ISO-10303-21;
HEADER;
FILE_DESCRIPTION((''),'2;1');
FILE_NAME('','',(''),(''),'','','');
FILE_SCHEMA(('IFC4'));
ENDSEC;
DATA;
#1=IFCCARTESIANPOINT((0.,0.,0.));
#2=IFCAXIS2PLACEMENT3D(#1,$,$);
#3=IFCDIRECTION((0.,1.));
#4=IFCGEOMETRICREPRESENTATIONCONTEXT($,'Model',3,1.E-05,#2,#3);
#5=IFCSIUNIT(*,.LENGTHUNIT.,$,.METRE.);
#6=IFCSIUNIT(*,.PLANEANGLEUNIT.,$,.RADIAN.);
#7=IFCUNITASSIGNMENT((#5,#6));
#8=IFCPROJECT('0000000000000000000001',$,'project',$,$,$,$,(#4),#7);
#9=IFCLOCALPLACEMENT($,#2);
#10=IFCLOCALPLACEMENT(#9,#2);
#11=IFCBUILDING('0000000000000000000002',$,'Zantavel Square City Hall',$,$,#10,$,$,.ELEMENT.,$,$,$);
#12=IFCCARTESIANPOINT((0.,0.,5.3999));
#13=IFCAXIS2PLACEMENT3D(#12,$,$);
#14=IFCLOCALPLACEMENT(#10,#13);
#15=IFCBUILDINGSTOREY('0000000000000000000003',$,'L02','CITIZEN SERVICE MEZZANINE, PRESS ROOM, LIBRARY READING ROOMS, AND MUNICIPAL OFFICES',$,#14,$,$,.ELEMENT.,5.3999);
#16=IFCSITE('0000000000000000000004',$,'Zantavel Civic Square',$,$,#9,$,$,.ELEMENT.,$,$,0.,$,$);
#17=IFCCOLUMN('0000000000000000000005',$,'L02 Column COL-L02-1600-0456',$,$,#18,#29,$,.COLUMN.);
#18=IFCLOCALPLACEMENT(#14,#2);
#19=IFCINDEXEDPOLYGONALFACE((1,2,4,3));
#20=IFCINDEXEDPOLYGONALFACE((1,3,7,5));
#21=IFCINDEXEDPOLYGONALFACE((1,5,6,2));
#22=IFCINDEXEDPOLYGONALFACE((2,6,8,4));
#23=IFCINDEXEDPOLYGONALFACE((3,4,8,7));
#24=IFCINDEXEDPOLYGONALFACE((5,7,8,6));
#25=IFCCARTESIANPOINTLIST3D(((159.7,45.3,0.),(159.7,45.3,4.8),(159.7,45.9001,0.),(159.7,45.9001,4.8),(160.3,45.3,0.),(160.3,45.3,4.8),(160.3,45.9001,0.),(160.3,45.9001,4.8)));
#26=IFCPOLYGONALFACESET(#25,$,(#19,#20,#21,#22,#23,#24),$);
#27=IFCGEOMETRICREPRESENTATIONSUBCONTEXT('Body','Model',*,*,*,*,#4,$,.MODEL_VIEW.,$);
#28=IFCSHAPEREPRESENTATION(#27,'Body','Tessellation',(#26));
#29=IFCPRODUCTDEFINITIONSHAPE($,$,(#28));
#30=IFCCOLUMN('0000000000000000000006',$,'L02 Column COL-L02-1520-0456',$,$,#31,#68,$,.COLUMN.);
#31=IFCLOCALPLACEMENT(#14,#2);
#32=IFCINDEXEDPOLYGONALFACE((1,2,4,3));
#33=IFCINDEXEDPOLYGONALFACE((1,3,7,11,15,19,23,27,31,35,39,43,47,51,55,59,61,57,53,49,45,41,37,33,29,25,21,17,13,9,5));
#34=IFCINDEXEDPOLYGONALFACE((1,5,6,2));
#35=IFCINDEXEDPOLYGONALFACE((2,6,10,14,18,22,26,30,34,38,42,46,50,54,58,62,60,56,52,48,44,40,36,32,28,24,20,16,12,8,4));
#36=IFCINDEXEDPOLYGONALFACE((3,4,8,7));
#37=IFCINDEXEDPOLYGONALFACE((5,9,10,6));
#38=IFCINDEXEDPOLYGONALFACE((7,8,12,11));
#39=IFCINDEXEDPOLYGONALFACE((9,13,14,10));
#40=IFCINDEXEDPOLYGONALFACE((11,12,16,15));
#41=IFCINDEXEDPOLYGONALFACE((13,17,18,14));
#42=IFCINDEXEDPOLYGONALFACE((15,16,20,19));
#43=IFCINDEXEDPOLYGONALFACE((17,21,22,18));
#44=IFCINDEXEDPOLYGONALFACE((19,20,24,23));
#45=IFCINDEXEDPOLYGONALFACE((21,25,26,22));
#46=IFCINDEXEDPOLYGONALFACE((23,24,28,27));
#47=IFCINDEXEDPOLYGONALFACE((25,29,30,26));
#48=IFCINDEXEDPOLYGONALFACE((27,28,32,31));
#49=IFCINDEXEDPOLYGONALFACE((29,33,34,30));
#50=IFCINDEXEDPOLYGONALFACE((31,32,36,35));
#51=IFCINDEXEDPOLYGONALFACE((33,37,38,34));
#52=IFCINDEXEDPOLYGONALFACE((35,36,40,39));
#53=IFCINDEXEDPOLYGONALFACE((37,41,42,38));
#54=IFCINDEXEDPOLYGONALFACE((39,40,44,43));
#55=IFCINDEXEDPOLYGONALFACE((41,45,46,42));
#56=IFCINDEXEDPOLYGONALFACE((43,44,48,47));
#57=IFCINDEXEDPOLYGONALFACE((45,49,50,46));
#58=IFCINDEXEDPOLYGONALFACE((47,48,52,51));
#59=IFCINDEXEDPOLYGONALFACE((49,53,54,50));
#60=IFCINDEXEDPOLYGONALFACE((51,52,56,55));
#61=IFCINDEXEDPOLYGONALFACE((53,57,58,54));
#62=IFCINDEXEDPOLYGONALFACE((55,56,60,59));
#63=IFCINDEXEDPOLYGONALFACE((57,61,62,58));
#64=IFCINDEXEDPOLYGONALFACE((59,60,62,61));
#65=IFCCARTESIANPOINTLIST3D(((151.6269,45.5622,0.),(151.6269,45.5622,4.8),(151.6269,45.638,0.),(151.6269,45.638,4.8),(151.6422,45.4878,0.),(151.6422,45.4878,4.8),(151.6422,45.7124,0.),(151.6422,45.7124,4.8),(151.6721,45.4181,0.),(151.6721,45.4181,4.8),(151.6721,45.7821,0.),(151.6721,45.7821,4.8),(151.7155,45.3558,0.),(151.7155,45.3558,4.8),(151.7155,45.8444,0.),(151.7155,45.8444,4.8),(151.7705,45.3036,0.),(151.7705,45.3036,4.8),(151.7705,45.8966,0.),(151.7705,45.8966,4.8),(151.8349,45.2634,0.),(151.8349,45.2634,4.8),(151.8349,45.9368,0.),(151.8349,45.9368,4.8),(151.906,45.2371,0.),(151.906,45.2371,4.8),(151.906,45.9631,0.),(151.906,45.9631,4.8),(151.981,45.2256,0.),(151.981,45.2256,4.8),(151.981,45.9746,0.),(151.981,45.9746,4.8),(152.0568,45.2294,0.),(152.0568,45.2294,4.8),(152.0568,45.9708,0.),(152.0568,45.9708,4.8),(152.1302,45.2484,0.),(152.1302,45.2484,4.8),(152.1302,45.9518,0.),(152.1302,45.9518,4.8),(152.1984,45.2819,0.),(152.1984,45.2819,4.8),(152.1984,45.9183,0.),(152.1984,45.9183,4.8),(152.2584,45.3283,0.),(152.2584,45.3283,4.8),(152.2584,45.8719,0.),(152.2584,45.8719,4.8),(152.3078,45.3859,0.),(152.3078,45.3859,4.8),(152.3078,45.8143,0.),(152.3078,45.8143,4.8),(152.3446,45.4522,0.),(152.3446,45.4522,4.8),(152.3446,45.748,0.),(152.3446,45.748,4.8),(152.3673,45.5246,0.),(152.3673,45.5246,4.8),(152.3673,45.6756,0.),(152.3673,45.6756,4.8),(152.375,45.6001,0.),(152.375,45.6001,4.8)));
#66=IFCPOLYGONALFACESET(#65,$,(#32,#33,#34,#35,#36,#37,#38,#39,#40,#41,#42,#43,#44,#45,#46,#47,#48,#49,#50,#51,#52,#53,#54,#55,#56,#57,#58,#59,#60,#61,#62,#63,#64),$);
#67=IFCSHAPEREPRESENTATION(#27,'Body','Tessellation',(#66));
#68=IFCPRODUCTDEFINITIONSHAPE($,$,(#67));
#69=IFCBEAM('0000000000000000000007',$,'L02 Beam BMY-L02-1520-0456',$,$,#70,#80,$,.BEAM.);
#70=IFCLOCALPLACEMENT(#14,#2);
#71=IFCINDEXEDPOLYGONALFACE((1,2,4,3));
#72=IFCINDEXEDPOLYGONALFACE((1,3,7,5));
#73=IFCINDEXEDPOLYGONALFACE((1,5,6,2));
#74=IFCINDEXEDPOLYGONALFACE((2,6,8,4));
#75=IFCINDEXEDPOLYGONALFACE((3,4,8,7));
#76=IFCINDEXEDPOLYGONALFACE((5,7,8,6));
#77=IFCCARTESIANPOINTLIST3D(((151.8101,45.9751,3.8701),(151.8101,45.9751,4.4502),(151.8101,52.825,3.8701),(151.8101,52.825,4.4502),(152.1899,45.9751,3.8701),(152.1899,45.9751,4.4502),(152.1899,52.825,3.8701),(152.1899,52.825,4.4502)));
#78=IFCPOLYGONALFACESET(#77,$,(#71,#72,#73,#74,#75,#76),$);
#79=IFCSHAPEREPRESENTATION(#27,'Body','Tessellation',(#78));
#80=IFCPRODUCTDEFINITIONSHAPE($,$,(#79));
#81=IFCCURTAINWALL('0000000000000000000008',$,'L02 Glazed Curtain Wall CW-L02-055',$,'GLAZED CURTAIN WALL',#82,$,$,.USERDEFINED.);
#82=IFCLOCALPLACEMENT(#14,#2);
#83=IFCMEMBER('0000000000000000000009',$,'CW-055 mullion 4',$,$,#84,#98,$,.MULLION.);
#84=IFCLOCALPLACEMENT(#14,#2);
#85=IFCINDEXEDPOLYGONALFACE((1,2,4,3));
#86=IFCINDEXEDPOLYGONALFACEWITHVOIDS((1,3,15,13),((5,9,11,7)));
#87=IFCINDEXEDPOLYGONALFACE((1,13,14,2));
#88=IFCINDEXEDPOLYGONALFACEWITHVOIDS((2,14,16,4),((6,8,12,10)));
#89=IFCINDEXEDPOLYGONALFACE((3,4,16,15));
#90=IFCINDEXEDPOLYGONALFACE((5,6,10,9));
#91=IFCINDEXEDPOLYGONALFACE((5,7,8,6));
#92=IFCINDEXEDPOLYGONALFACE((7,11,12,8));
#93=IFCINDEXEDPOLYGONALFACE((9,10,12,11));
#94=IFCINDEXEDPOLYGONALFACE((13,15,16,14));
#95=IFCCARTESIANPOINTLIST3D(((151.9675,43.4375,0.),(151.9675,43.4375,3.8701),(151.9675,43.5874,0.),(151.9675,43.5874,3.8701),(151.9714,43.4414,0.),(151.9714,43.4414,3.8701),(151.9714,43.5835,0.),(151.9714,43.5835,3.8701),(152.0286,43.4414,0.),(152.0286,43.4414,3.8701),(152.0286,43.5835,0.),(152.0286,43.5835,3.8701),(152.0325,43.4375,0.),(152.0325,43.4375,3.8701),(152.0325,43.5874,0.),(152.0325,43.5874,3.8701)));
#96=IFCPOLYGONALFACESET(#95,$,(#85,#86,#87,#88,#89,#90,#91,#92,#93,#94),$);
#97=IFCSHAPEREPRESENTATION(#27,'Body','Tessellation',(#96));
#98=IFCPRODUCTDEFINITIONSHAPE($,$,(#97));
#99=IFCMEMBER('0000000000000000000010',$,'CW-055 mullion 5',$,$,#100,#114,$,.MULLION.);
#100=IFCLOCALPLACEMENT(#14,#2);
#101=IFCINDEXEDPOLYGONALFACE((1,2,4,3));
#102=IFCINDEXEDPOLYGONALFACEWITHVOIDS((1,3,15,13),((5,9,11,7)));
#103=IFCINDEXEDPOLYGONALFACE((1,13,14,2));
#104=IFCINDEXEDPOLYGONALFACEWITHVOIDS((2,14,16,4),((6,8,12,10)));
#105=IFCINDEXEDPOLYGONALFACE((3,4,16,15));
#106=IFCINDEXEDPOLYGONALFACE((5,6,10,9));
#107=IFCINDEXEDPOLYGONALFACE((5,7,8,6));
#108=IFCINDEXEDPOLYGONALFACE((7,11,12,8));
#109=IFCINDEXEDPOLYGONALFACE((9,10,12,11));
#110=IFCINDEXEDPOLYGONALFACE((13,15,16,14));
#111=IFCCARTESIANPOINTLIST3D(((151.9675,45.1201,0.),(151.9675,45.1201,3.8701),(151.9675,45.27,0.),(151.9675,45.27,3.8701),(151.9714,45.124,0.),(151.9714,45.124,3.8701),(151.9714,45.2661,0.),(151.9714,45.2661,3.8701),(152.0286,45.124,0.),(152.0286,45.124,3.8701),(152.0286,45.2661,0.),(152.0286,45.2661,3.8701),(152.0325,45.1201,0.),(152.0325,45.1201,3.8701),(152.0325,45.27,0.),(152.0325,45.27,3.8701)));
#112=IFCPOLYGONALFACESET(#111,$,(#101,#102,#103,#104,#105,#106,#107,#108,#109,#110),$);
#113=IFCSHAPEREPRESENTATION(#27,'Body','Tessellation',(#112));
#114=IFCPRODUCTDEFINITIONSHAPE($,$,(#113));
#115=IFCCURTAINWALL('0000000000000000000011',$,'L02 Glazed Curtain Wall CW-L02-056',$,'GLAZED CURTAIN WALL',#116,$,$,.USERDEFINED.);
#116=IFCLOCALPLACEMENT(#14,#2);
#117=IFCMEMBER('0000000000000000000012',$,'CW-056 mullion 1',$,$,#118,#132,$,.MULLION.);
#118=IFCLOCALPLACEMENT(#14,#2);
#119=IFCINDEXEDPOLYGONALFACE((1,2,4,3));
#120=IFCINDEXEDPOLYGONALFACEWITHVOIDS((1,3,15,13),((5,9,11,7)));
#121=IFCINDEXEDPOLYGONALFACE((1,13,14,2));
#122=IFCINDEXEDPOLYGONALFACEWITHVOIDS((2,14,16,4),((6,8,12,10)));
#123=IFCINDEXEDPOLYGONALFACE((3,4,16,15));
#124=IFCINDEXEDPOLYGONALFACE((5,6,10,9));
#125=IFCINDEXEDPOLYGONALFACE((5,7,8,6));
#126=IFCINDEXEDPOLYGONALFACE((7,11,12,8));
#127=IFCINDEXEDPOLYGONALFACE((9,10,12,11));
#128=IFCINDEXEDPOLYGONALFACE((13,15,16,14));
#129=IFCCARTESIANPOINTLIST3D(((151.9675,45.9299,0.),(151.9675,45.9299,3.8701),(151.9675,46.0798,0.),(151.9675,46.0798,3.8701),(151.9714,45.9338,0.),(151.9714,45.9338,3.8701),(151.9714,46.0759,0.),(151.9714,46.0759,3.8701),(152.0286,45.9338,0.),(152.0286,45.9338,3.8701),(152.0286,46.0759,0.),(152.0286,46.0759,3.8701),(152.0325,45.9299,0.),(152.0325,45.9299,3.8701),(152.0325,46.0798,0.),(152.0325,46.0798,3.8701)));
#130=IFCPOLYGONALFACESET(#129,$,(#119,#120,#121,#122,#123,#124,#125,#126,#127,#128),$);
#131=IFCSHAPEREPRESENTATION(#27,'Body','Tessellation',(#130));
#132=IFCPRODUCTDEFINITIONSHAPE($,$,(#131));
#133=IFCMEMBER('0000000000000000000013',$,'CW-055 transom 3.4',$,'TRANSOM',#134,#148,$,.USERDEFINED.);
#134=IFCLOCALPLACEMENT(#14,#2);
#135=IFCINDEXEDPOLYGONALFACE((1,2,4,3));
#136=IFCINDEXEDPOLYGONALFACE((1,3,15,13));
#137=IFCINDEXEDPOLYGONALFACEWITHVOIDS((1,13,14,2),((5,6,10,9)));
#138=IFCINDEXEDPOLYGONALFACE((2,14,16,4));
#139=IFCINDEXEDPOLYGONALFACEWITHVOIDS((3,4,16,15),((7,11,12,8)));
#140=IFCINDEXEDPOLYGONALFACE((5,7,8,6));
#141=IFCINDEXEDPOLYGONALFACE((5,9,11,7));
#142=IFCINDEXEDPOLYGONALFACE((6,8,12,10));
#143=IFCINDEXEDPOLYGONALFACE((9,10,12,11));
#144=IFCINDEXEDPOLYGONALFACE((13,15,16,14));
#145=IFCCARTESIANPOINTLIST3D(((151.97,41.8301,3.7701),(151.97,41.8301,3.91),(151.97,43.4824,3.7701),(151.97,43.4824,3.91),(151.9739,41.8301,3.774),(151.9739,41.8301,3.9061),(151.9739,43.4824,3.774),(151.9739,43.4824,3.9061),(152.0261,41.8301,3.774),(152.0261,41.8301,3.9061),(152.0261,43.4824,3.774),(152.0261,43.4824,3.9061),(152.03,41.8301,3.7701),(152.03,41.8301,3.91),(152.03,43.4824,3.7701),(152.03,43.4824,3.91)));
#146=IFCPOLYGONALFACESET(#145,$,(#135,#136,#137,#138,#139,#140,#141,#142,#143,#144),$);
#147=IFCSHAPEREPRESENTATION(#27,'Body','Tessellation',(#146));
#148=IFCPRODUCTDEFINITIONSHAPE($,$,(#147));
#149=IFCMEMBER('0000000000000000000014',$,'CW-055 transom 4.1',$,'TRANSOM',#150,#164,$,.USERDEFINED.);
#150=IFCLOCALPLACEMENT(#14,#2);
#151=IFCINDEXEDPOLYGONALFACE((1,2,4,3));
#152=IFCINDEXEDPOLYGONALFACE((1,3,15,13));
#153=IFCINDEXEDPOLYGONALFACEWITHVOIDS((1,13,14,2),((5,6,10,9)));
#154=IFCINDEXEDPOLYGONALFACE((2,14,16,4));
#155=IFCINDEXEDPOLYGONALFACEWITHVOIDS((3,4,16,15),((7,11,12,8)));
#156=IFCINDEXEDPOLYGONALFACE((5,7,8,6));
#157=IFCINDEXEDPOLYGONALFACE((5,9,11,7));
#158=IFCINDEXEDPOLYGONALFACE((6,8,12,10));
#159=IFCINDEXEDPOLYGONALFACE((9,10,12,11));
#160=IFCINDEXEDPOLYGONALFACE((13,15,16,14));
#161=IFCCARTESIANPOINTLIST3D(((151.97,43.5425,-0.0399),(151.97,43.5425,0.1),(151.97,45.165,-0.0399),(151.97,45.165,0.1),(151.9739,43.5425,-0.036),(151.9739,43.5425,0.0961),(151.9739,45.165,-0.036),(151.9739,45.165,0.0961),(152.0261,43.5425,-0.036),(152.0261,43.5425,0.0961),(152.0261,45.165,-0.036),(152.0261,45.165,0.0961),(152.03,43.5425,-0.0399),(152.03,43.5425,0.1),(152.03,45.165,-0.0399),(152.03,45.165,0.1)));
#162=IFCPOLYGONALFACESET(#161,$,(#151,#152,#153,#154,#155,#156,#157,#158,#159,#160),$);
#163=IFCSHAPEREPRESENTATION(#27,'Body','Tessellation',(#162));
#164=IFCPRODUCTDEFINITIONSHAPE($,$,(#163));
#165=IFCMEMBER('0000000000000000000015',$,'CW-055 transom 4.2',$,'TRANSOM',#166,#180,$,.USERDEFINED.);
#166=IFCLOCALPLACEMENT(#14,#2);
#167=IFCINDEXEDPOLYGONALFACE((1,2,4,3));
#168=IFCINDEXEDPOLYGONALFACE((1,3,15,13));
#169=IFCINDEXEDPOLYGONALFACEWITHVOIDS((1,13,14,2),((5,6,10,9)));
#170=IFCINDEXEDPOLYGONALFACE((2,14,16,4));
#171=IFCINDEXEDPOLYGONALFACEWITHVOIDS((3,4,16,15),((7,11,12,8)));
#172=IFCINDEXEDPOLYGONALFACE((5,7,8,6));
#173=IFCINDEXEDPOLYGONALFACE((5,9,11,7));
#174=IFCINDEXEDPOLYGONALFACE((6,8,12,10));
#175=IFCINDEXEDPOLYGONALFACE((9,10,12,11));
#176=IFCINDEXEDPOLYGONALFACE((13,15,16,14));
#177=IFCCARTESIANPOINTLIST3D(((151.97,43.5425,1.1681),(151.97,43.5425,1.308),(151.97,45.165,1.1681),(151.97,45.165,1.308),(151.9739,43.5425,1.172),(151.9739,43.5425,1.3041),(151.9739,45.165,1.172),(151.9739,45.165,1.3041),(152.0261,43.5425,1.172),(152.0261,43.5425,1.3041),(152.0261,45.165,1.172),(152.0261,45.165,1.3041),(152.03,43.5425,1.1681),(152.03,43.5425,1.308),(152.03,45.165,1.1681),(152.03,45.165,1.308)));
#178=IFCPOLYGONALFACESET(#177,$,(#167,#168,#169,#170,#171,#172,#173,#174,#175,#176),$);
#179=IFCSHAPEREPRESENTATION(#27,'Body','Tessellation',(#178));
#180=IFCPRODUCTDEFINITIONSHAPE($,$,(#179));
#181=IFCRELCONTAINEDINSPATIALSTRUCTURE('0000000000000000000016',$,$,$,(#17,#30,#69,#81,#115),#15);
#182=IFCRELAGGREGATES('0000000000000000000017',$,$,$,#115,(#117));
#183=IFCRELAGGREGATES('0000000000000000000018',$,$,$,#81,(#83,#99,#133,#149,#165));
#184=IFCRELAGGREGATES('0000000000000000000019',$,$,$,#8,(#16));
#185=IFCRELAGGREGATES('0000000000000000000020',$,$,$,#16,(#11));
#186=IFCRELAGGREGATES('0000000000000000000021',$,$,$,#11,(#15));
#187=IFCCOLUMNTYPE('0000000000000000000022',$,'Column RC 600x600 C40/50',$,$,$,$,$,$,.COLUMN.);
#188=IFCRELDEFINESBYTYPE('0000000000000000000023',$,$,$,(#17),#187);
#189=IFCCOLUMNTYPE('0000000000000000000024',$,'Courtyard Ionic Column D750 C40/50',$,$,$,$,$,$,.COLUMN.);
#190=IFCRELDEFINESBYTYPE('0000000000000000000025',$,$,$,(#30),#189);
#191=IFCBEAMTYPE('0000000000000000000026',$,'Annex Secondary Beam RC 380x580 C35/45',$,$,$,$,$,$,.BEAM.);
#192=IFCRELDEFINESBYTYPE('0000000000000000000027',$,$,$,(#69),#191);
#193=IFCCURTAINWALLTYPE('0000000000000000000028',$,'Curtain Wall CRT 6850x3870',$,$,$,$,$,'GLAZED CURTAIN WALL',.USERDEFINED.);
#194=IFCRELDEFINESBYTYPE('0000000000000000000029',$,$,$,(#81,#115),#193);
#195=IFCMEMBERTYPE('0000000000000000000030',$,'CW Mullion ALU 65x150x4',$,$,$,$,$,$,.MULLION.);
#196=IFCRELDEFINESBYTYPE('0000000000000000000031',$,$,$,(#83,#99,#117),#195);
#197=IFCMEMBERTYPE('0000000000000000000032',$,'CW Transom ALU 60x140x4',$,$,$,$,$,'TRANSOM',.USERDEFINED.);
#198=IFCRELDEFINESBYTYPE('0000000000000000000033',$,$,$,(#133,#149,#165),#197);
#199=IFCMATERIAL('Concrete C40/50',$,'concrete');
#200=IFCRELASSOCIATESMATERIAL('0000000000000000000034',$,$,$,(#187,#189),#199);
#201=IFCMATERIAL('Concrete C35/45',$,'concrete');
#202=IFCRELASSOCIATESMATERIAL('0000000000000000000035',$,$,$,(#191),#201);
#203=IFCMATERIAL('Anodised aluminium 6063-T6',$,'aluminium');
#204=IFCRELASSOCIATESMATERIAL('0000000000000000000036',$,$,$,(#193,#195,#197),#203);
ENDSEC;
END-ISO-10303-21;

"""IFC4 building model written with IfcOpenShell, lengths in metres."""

from ifc_helpers import new_model, si_unit, direction, frame, origin, origin_2d, place, context, subcontext, project, spatial, rectangle, hollow_rectangle, circle, extrude, material, material_profile, profile_set, type_object, element, aggregate, save


model = new_model("IFC4")

# Units and contexts
model_context = context("Model", 3, precision=1e-05, world=origin(), true_north=direction((0.0, 1.0)))
body_context = subcontext(model_context, "Body", "Model", "MODEL_VIEW")
ifc_project = project(units=[si_unit("LENGTHUNIT", "METRE"), si_unit("PLANEANGLEUNIT", "RADIAN")], contexts=[model_context])

# Site, building, storey
site_placement = place(None, origin())
site = spatial("IfcSite", under=ifc_project, at=site_placement, Name="Zantavel Civic Square", CompositionType="ELEMENT", RefElevation=0.0)
building_placement = place(site_placement, origin())
building = spatial("IfcBuilding", under=site, at=building_placement, Name="Zantavel Square City Hall", CompositionType="ELEMENT")
storey_placement = place(building_placement, frame((0.0, 0.0, 5.3999)))
storey = spatial("IfcBuildingStorey", under=building, at=storey_placement, Name="L02", Description="CITIZEN SERVICE MEZZANINE, PRESS ROOM, LIBRARY READING ROOMS, AND MUNICIPAL OFFICES", CompositionType="ELEMENT", Elevation=5.3999)

# Columns
ifc_material_1 = material(Name="Concrete C40/50", Category="concrete")
ifc_material_profile_1 = material_profile(ifc_material_1, rectangle(XDim=0.6001, YDim=0.6001, at=origin_2d()), Name="RC 600x600")
ifc_profile_set_1 = profile_set([ifc_material_profile_1], Name="Concrete C40/50")
column_type_1 = type_object("IfcColumnType", Name="Column RC 600x600 C40/50", PredefinedType="COLUMN", material=ifc_profile_set_1)
column_1_placement = place(storey_placement, frame((160.0, 45.6001, 0.0), z_axis=(0.0, 0.0, 1.0), x_axis=(1.0, 0.0, 0.0)))
element("IfcColumn", 1, at=column_1_placement, inside=storey, type_object=column_type_1, Name="L02 Column COL-L02-1600-0456", PredefinedType="COLUMN", context=body_context, shape_type="SweptSolid", body=[
    extrude(rectangle(XDim=0.6001, YDim=0.6001, at=origin_2d()), origin(), (0.0, 0.0, 1.0), 4.8),
])
ifc_material_profile_2 = material_profile(ifc_material_1, circle(Radius=0.375, at=origin_2d()), Name="ROUND D750")
ifc_profile_set_2 = profile_set([ifc_material_profile_2], Name="Concrete C40/50")
column_type_2 = type_object("IfcColumnType", Name="Courtyard Ionic Column D750 C40/50", PredefinedType="COLUMN", material=ifc_profile_set_2)
column_2_placement = place(storey_placement, frame((152.0, 45.6001, 0.0), z_axis=(0.0, 0.0, 1.0), x_axis=(1.0, 0.0, 0.0)))
element("IfcColumn", 2, at=column_2_placement, inside=storey, type_object=column_type_2, Name="L02 Column COL-L02-1520-0456", PredefinedType="COLUMN", context=body_context, shape_type="SweptSolid", body=[
    extrude(circle(Radius=0.375, at=origin_2d()), origin(), (0.0, 0.0, 1.0), 4.8),
])

# Beam
ifc_material_2 = material(Name="Concrete C35/45", Category="concrete")
ifc_material_profile_3 = material_profile(ifc_material_2, rectangle(XDim=0.3799, YDim=0.5801, at=origin_2d()), Name="RC 380x580")
ifc_profile_set_3 = profile_set([ifc_material_profile_3], Name="Concrete C35/45")
beam_type_1 = type_object("IfcBeamType", Name="Annex Secondary Beam RC 380x580 C35/45", PredefinedType="BEAM", material=ifc_profile_set_3)
beam_1_placement = place(storey_placement, frame((152.0, 45.9751, 4.1602), z_axis=(0.0, 1.0, 0.0), x_axis=(-1.0, 0.0, 0.0)))
element("IfcBeam", 3, at=beam_1_placement, inside=storey, type_object=beam_type_1, Name="L02 Beam BMY-L02-1520-0456", PredefinedType="BEAM", context=body_context, shape_type="SweptSolid", body=[
    extrude(rectangle(XDim=0.3799, YDim=0.5801, at=origin_2d()), origin(), (0.0, 0.0, 1.0), 6.8499),
])

# Curtain wall, members
ifc_material_3 = material(Name="Anodised aluminium 6063-T6", Category="aluminium")
curtain_wall_type = type_object("IfcCurtainWallType", Name="Curtain Wall CRT 6850x3870", ElementType="GLAZED CURTAIN WALL", PredefinedType="USERDEFINED", material=ifc_material_3)
curtain_wall_1_placement = place(storey_placement, origin())
curtain_wall_1 = element("IfcCurtainWall", 4, at=curtain_wall_1_placement, inside=storey, type_object=curtain_wall_type, Name="L02 Glazed Curtain Wall CW-L02-055", ObjectType="GLAZED CURTAIN WALL", PredefinedType="USERDEFINED")
ifc_material_profile_4 = material_profile(ifc_material_3, hollow_rectangle(XDim=0.0649, YDim=0.1499, WallThickness=0.0039, at=origin_2d()), Name="ALU 65x150x4")
ifc_profile_set_4 = profile_set([ifc_material_profile_4], Name="Anodised aluminium 6063-T6")
member_type_1 = type_object("IfcMemberType", Name="CW Mullion ALU 65x150x4", PredefinedType="MULLION", material=ifc_profile_set_4)
member_1_placement = place(storey_placement, frame((152.0, 43.5125, 0.0), z_axis=(0.0, 0.0, 1.0), x_axis=(-1.0, 0.0, 0.0)))
member_1 = element("IfcMember", 5, at=member_1_placement, type_object=member_type_1, Name="CW-055 mullion 4", PredefinedType="MULLION", context=body_context, shape_type="SweptSolid", body=[
    extrude(hollow_rectangle(XDim=0.0649, YDim=0.1499, WallThickness=0.0039, at=origin_2d()), origin(), (0.0, 0.0, 1.0), 3.8701),
])
member_2_placement = place(storey_placement, frame((152.0, 45.1951, 0.0), z_axis=(0.0, 0.0, 1.0), x_axis=(-1.0, 0.0, 0.0)))
member_2 = element("IfcMember", 6, at=member_2_placement, type_object=member_type_1, Name="CW-055 mullion 5", PredefinedType="MULLION", context=body_context, shape_type="SweptSolid", body=[
    extrude(hollow_rectangle(XDim=0.0649, YDim=0.1499, WallThickness=0.0039, at=origin_2d()), origin(), (0.0, 0.0, 1.0), 3.8701),
])

# Curtain wall, member
curtain_wall_2_placement = place(storey_placement, origin())
curtain_wall_2 = element("IfcCurtainWall", 7, at=curtain_wall_2_placement, inside=storey, type_object=curtain_wall_type, Name="L02 Glazed Curtain Wall CW-L02-056", ObjectType="GLAZED CURTAIN WALL", PredefinedType="USERDEFINED")
member_3_placement = place(storey_placement, frame((152.0, 46.0049, 0.0), z_axis=(0.0, 0.0, 1.0), x_axis=(-1.0, 0.0, 0.0)))
member_3 = element("IfcMember", 8, at=member_3_placement, type_object=member_type_1, Name="CW-056 mullion 1", PredefinedType="MULLION", context=body_context, shape_type="SweptSolid", body=[
    extrude(hollow_rectangle(XDim=0.0649, YDim=0.1499, WallThickness=0.0039, at=origin_2d()), origin(), (0.0, 0.0, 1.0), 3.8701),
])

# Members
ifc_material_profile_5 = material_profile(ifc_material_3, hollow_rectangle(XDim=0.0601, YDim=0.1399, WallThickness=0.0039, at=origin_2d()), Name="ALU 60x140x4")
ifc_profile_set_5 = profile_set([ifc_material_profile_5], Name="Anodised aluminium 6063-T6")
member_type_2 = type_object("IfcMemberType", Name="CW Transom ALU 60x140x4", ElementType="TRANSOM", PredefinedType="USERDEFINED", material=ifc_profile_set_5)
member_4_placement = place(storey_placement, frame((152.0, 41.8301, 3.8401), z_axis=(0.0, 1.0, 0.0), x_axis=(-1.0, 0.0, 0.0)))
member_4 = element("IfcMember", 9, at=member_4_placement, type_object=member_type_2, Name="CW-055 transom 3.4", ObjectType="TRANSOM", PredefinedType="USERDEFINED", context=body_context, shape_type="SweptSolid", body=[
    extrude(hollow_rectangle(XDim=0.0601, YDim=0.1399, WallThickness=0.0039, at=origin_2d()), origin(), (0.0, 0.0, 1.0), 1.6523),
])
member_5_placement = place(storey_placement, frame((152.0, 43.5425, 0.03), z_axis=(0.0, 1.0, 0.0), x_axis=(-1.0, 0.0, 0.0)))
member_5 = element("IfcMember", 10, at=member_5_placement, type_object=member_type_2, Name="CW-055 transom 4.1", ObjectType="TRANSOM", PredefinedType="USERDEFINED", context=body_context, shape_type="SweptSolid", body=[
    extrude(hollow_rectangle(XDim=0.0601, YDim=0.1399, WallThickness=0.0039, at=origin_2d()), origin(), (0.0, 0.0, 1.0), 1.6226),
])
member_6_placement = place(storey_placement, frame((152.0, 43.5425, 1.238), z_axis=(0.0, 1.0, 0.0), x_axis=(-1.0, 0.0, 0.0)))
member_6 = element("IfcMember", 11, at=member_6_placement, type_object=member_type_2, Name="CW-055 transom 4.2", ObjectType="TRANSOM", PredefinedType="USERDEFINED", context=body_context, shape_type="SweptSolid", body=[
    extrude(hollow_rectangle(XDim=0.0601, YDim=0.1399, WallThickness=0.0039, at=origin_2d()), origin(), (0.0, 0.0, 1.0), 1.6226),
])
aggregate(curtain_wall_2, [member_3])

aggregate(curtain_wall_1, [member_1, member_2, member_4, member_5, member_6])

save(model, "model.ifc")
